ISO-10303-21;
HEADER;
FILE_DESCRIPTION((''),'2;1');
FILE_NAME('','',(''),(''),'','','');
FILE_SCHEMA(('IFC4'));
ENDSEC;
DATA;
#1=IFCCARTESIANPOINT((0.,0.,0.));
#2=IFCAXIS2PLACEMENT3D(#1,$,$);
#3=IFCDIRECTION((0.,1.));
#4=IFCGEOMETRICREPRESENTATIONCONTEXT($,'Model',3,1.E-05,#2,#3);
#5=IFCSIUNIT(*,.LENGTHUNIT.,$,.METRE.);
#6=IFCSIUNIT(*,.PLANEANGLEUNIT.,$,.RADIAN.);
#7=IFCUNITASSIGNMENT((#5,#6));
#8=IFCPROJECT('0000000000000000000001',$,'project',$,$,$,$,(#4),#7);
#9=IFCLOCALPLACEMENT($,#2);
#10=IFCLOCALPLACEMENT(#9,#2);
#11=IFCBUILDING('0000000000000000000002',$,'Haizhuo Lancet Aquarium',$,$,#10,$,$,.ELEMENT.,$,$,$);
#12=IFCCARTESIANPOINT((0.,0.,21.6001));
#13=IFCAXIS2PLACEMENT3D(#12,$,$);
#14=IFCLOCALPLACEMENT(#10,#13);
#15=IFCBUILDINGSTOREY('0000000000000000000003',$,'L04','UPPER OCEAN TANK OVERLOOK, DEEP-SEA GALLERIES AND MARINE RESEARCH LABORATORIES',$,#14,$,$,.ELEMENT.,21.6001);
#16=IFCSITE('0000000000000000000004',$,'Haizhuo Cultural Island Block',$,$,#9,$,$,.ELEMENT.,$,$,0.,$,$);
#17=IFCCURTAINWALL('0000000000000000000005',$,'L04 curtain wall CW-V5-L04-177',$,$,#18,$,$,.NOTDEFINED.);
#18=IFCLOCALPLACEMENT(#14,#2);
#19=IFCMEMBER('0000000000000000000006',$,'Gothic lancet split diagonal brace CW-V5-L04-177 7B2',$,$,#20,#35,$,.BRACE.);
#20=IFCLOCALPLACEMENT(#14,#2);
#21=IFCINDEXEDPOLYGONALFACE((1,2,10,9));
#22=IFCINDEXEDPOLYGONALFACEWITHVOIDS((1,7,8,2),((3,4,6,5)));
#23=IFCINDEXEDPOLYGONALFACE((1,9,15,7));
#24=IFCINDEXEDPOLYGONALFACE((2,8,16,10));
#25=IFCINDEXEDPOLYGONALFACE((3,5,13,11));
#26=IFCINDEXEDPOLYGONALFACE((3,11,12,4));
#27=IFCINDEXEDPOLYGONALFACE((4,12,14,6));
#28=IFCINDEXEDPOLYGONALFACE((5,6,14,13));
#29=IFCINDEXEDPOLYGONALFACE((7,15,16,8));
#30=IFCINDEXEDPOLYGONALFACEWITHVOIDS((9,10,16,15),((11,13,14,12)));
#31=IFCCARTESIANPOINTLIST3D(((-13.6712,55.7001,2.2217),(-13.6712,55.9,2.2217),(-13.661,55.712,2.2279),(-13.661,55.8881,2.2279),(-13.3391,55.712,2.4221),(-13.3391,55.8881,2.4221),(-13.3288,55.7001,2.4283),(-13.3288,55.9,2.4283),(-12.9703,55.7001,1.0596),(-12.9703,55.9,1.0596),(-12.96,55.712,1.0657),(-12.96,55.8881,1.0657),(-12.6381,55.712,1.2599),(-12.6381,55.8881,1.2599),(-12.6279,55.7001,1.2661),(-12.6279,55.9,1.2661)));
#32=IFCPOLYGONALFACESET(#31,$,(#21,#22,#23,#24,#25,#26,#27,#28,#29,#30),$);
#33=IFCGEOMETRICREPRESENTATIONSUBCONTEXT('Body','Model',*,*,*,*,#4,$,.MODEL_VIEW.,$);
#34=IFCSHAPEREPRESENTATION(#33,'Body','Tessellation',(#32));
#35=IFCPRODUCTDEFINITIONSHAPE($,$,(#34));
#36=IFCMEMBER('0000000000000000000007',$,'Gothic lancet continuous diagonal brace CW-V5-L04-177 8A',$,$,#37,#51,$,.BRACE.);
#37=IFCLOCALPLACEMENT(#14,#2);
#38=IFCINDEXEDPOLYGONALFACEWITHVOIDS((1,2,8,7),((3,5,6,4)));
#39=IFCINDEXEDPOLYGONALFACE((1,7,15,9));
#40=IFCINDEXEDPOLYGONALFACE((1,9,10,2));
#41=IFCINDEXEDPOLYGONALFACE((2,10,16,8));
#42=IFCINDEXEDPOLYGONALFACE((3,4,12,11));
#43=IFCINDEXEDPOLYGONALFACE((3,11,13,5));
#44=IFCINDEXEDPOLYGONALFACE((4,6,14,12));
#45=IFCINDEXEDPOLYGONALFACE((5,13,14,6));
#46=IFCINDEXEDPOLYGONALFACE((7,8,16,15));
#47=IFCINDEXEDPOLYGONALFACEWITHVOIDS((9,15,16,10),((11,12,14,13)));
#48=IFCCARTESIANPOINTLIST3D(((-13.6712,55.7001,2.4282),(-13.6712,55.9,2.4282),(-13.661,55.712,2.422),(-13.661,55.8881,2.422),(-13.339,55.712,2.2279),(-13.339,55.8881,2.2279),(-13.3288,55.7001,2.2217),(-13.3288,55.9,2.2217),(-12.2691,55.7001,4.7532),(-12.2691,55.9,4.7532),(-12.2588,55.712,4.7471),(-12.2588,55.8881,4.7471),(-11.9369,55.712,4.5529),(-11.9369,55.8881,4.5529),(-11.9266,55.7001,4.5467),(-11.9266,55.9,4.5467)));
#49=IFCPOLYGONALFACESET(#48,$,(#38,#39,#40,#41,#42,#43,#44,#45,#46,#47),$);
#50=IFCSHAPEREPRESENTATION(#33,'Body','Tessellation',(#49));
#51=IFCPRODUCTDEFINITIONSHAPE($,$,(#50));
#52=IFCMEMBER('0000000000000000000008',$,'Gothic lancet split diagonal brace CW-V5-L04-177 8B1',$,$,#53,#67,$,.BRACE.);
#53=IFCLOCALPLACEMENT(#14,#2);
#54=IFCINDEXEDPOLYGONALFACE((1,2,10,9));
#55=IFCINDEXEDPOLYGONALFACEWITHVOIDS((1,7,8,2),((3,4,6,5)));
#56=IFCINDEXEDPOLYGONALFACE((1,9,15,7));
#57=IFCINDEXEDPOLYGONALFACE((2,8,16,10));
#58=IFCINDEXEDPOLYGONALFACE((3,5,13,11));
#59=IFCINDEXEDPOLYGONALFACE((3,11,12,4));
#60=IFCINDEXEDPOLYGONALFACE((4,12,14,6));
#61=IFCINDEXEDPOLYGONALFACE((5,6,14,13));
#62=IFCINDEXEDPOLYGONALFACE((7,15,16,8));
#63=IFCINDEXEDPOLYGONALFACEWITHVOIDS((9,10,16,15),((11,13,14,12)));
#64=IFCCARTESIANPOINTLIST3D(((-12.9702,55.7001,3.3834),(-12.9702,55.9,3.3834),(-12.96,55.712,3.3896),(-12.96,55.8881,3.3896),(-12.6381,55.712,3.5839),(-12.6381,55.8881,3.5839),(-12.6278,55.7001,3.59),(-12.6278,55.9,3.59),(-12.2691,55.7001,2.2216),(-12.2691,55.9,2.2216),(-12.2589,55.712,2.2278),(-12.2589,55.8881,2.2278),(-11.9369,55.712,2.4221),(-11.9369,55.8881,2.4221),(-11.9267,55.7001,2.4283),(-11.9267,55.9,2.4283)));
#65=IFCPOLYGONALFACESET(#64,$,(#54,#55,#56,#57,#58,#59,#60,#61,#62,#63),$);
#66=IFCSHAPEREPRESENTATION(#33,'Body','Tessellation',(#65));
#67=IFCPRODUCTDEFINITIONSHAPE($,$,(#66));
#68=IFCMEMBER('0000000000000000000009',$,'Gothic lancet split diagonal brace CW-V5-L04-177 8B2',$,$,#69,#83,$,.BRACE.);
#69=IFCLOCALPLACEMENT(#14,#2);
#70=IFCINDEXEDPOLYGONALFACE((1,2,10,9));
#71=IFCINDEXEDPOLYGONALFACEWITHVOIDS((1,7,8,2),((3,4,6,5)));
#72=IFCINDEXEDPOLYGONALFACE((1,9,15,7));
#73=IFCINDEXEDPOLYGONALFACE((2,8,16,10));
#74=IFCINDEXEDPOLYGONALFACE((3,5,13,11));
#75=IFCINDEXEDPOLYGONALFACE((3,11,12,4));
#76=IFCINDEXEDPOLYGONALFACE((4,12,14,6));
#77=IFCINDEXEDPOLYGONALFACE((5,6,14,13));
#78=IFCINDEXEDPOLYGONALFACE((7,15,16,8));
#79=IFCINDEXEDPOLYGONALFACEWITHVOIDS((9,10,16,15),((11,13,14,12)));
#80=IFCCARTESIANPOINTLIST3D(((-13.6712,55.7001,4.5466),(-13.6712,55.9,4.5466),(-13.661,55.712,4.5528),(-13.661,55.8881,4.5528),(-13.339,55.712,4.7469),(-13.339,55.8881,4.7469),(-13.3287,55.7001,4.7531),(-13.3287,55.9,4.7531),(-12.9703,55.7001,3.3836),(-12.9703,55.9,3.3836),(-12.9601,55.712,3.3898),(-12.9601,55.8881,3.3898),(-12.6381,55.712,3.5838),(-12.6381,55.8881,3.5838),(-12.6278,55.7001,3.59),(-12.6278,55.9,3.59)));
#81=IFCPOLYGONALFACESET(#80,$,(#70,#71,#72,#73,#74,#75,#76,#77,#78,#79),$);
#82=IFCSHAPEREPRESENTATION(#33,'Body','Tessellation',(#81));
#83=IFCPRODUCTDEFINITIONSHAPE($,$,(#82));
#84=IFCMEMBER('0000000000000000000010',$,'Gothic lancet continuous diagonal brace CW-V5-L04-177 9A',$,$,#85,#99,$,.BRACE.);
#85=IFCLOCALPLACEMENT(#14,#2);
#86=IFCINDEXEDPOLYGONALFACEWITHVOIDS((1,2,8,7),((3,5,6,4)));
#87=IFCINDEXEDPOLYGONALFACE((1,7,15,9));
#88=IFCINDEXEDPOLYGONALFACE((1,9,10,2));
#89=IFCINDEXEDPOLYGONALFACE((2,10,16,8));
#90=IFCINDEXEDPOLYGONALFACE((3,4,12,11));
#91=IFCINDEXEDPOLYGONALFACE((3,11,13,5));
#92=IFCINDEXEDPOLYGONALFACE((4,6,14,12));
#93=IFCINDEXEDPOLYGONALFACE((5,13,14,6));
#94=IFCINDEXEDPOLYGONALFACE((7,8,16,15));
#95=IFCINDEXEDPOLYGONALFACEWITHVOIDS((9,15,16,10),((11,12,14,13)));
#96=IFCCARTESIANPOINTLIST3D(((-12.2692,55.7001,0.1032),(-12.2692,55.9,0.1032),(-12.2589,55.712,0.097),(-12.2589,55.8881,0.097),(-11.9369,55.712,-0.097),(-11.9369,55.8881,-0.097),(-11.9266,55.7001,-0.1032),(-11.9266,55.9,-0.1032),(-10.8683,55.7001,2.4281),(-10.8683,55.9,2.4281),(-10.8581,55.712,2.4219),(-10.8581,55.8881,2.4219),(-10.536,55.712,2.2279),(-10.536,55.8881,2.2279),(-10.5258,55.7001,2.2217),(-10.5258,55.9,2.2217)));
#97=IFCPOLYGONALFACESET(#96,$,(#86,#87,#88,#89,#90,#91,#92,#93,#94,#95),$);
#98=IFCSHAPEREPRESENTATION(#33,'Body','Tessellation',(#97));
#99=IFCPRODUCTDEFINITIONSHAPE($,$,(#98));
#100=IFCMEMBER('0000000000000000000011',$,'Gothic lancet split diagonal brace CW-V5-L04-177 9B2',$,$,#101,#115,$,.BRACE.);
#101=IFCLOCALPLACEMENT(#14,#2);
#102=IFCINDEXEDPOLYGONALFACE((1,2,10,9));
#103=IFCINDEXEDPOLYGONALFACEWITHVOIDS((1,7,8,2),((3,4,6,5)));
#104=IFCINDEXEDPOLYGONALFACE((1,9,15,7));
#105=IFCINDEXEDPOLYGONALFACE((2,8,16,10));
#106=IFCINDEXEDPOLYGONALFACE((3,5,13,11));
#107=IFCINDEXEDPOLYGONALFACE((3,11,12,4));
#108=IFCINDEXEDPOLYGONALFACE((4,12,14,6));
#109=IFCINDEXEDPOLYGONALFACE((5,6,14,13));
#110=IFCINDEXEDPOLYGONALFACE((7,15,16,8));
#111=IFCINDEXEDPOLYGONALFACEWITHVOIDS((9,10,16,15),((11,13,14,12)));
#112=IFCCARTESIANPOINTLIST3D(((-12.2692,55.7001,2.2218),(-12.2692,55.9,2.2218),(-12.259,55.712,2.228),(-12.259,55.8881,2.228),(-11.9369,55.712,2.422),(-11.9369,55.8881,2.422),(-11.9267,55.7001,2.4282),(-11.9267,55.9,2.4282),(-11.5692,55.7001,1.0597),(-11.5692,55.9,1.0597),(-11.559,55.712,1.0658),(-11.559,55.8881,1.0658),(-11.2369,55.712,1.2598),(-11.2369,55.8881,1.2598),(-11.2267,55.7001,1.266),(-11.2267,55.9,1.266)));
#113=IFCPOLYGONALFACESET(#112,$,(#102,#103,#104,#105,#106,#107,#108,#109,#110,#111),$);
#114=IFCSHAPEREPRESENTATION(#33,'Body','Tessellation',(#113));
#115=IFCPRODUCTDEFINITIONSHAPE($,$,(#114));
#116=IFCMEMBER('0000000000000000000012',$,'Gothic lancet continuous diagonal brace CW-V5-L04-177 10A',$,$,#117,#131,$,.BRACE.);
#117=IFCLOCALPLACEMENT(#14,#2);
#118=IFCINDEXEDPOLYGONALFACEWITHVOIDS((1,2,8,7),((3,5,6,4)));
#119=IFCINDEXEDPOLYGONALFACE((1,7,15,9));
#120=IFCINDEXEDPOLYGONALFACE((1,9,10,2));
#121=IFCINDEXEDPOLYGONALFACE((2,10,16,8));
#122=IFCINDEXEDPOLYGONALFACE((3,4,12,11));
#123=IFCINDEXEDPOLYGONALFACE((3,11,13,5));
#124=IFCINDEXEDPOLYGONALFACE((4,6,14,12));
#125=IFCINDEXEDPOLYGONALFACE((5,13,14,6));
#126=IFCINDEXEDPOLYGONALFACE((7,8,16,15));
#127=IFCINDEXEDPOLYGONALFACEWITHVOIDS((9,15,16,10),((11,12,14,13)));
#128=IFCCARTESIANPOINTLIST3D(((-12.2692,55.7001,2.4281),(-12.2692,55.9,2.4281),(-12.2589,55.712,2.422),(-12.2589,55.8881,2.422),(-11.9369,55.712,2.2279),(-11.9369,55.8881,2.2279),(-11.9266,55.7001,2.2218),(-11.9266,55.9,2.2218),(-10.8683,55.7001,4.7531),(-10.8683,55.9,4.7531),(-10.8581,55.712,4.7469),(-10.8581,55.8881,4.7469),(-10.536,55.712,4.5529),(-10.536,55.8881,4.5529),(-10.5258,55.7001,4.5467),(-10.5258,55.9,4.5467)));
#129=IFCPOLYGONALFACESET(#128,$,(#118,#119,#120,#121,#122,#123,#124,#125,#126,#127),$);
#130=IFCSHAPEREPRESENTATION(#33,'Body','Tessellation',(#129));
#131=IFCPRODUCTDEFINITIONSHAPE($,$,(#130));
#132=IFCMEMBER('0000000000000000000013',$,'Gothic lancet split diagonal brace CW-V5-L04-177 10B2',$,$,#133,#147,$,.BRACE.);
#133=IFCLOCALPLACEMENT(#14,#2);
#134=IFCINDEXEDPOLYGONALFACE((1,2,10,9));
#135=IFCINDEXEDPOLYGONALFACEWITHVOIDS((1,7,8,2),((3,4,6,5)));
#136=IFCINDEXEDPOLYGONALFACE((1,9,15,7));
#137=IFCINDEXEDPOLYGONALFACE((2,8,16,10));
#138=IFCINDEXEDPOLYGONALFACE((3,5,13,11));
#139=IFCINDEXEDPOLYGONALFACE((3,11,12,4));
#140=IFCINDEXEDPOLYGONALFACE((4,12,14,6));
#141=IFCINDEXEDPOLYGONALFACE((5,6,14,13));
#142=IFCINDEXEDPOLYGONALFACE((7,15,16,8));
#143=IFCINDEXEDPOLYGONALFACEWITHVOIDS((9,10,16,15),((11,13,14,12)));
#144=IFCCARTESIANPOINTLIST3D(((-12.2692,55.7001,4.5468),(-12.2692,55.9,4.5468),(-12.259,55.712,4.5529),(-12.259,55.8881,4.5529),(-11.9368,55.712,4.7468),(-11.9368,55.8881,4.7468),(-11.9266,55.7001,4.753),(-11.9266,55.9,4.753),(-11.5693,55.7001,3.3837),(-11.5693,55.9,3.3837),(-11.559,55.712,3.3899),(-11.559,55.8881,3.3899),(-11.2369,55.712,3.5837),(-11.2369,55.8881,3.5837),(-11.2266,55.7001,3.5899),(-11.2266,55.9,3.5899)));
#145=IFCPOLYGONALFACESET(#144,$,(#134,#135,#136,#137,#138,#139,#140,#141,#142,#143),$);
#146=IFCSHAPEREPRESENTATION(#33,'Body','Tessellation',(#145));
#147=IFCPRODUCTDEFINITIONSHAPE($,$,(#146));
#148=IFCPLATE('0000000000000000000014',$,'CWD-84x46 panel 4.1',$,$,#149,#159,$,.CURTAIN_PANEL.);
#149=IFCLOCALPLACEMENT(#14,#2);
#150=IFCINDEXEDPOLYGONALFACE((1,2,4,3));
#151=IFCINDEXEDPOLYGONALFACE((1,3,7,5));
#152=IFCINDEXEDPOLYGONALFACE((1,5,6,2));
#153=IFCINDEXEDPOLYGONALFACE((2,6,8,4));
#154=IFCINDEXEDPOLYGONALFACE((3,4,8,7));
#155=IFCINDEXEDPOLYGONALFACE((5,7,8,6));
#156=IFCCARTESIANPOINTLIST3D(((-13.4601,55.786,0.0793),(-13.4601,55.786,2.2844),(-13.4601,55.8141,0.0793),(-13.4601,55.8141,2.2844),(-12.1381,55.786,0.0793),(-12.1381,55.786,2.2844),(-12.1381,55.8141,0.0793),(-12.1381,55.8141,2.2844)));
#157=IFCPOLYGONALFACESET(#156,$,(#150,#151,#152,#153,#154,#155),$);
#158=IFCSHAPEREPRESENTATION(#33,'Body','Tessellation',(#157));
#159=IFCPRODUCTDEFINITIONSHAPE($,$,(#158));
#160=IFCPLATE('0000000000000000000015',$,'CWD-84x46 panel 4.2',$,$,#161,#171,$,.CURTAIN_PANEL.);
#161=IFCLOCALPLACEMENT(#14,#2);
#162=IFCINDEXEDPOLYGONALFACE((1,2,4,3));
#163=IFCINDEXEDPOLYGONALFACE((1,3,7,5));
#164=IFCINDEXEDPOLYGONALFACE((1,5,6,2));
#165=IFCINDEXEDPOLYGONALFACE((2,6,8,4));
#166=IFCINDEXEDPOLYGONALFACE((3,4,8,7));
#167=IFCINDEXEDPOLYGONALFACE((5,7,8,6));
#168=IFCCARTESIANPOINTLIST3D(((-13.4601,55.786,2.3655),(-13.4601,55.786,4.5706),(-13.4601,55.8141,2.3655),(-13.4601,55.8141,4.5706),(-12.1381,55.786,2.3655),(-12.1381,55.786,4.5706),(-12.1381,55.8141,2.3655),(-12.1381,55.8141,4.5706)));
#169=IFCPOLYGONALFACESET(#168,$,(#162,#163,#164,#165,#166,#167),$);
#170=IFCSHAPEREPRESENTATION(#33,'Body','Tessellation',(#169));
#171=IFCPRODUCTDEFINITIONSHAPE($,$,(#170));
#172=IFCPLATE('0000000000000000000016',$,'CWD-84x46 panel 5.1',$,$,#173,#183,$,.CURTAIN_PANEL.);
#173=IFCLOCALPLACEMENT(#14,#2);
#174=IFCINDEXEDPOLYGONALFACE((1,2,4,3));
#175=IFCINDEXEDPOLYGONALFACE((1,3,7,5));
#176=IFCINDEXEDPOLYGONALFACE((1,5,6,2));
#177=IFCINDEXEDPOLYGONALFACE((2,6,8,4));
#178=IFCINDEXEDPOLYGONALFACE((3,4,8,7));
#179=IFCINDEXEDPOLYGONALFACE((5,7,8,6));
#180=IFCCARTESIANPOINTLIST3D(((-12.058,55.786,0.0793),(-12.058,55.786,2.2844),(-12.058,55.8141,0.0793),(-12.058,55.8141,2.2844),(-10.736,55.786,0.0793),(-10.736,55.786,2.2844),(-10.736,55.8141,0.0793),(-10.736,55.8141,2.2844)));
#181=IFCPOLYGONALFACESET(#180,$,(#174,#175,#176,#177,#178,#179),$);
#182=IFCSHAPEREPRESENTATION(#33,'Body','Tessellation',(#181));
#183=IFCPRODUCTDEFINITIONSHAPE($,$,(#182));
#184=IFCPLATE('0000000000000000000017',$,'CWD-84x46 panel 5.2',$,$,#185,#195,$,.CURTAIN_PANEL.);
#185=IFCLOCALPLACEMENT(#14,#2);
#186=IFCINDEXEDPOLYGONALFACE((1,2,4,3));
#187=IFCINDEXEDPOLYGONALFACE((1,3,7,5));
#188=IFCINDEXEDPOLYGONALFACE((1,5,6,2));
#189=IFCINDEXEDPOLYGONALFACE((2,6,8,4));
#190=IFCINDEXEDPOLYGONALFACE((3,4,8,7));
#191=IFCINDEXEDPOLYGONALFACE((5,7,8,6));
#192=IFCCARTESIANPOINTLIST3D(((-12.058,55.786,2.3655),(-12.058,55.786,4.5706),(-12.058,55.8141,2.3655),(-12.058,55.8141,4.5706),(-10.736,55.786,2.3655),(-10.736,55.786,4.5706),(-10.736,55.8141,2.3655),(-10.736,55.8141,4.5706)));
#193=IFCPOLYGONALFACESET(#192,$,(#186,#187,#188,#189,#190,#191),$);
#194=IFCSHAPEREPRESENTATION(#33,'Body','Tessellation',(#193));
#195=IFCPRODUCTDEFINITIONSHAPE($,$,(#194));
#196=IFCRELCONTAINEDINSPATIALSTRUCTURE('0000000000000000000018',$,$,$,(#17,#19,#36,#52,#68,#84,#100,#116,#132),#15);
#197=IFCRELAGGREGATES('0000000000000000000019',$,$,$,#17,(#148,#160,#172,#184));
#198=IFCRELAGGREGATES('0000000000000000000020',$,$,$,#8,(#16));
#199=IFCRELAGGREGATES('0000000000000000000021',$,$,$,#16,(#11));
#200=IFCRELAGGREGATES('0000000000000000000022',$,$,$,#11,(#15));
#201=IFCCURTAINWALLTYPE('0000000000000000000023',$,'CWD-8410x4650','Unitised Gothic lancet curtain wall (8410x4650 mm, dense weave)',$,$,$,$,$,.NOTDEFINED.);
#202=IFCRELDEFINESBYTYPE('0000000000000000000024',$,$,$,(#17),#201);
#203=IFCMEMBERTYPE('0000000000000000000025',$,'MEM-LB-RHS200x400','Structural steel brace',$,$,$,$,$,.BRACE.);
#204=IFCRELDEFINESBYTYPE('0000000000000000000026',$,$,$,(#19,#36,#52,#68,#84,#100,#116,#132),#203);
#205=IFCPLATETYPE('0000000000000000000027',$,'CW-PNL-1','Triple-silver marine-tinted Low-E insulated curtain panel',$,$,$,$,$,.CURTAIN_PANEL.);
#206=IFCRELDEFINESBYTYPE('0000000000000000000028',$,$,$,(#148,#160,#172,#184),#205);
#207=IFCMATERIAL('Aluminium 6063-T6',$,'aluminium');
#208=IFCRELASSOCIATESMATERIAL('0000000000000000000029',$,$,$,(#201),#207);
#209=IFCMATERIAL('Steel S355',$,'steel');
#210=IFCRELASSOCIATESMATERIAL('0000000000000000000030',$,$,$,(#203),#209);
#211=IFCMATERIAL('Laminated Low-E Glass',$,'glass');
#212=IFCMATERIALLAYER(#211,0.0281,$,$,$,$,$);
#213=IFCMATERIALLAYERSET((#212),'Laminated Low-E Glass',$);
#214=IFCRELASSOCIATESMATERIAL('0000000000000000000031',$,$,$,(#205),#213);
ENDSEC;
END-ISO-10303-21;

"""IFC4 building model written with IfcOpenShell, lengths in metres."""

from ifc_helpers import new_model, si_unit, direction, frame, origin, origin_2d, place, context, subcontext, project, spatial, rectangle, hollow_rectangle, extrude, material, layer, layer_set, material_profile, profile_set, type_object, element, aggregate, save


model = new_model("IFC4")

# Units and contexts
model_context = context("Model", 3, precision=1e-05, world=origin(), true_north=direction((0.0, 1.0)))
body_context = subcontext(model_context, "Body", "Model", "MODEL_VIEW")
ifc_project = project(units=[si_unit("LENGTHUNIT", "METRE"), si_unit("PLANEANGLEUNIT", "RADIAN")], contexts=[model_context])

# Site, building, storey
site_placement = place(None, origin())
site = spatial("IfcSite", under=ifc_project, at=site_placement, Name="Haizhuo Cultural Island Block", CompositionType="ELEMENT", RefElevation=0.0)
building_placement = place(site_placement, origin())
building = spatial("IfcBuilding", under=site, at=building_placement, Name="Haizhuo Lancet Aquarium", CompositionType="ELEMENT")
storey_placement = place(building_placement, frame((0.0, 0.0, 21.6001)))
storey = spatial("IfcBuildingStorey", under=building, at=storey_placement, Name="L04", Description="UPPER OCEAN TANK OVERLOOK, DEEP-SEA GALLERIES AND MARINE RESEARCH LABORATORIES", CompositionType="ELEMENT", Elevation=21.6001)

# Curtain wall
ifc_material_1 = material(Name="Aluminium 6063-T6", Category="aluminium")
curtain_wall_type = type_object("IfcCurtainWallType", Name="CWD-8410x4650", Description="Unitised Gothic lancet curtain wall (8410x4650 mm, dense weave)", PredefinedType="NOTDEFINED", material=ifc_material_1)
curtain_wall_placement = place(storey_placement, origin())
curtain_wall = element("IfcCurtainWall", 1, at=curtain_wall_placement, inside=storey, type_object=curtain_wall_type, Name="L04 curtain wall CW-V5-L04-177", PredefinedType="NOTDEFINED")

# Members
ifc_material_2 = material(Name="Steel S355", Category="steel")
ifc_material_profile_1 = material_profile(ifc_material_2, hollow_rectangle(XDim=0.2, YDim=0.3999, WallThickness=0.012, at=origin_2d()), Name="RHS 200x400x12")
ifc_profile_set_1 = profile_set([ifc_material_profile_1], Name="Steel S355")
member_type_1 = type_object("IfcMemberType", Name="MEM-LB-RHS200x400", Description="Structural steel brace", PredefinedType="BRACE", material=ifc_profile_set_1)
member_1_placement = place(storey_placement, frame((-12.7991, 55.8, 1.1628), z_axis=(-0.516479, 0.0, 0.8563), x_axis=(0.0, -1.0, 0.0)))
element("IfcMember", 2, at=member_1_placement, inside=storey, type_object=member_type_1, Name="Gothic lancet split diagonal brace CW-V5-L04-177 7B2", PredefinedType="BRACE", context=body_context, shape_type="SweptSolid", body=[
    extrude(hollow_rectangle(XDim=0.2, YDim=0.3999, WallThickness=0.012, at=origin_2d()), origin(), (0.0, 0.0, 1.0), 1.3572),
])
member_2_placement = place(storey_placement, frame((-13.5, 55.8, 2.325), z_axis=(0.516425, 0.0, 0.856332), x_axis=(0.0, 1.0, 0.0)))
element("IfcMember", 3, at=member_2_placement, inside=storey, type_object=member_type_1, Name="Gothic lancet continuous diagonal brace CW-V5-L04-177 8A", PredefinedType="BRACE", context=body_context, shape_type="SweptSolid", body=[
    extrude(hollow_rectangle(XDim=0.2, YDim=0.3999, WallThickness=0.012, at=origin_2d()), origin(), (0.0, 0.0, 1.0), 2.7151),
])
member_3_placement = place(storey_placement, frame((-12.0979, 55.8, 2.325), z_axis=(-0.51669, 0.0, 0.856173), x_axis=(0.0, -1.0, 0.0)))
element("IfcMember", 4, at=member_3_placement, inside=storey, type_object=member_type_1, Name="Gothic lancet split diagonal brace CW-V5-L04-177 8B1", PredefinedType="BRACE", context=body_context, shape_type="SweptSolid", body=[
    extrude(hollow_rectangle(XDim=0.2, YDim=0.3999, WallThickness=0.012, at=origin_2d()), origin(), (0.0, 0.0, 1.0), 1.3569),
])
member_4_placement = place(storey_placement, frame((-12.7991, 55.8, 3.4868), z_axis=(-0.51616, 0.0, 0.856492), x_axis=(0.0, -1.0, 0.0)))
element("IfcMember", 5, at=member_4_placement, inside=storey, type_object=member_type_1, Name="Gothic lancet split diagonal brace CW-V5-L04-177 8B2", PredefinedType="BRACE", context=body_context, shape_type="SweptSolid", body=[
    extrude(hollow_rectangle(XDim=0.2, YDim=0.3999, WallThickness=0.012, at=origin_2d()), origin(), (0.0, 0.0, 1.0), 1.3579),
])
member_5_placement = place(storey_placement, frame((-12.0979, 55.8, 0.0), z_axis=(0.516095, 0.0, 0.856531), x_axis=(0.0, 1.0, 0.0)))
element("IfcMember", 6, at=member_5_placement, inside=storey, type_object=member_type_1, Name="Gothic lancet continuous diagonal brace CW-V5-L04-177 9A", PredefinedType="BRACE", context=body_context, shape_type="SweptSolid", body=[
    extrude(hollow_rectangle(XDim=0.2, YDim=0.3999, WallThickness=0.012, at=origin_2d()), origin(), (0.0, 0.0, 1.0), 2.7144),
])
member_6_placement = place(storey_placement, frame((-11.3979, 55.8, 1.1628), z_axis=(-0.515951, 0.0, 0.856618), x_axis=(0.0, -1.0, 0.0)))
element("IfcMember", 7, at=member_6_placement, inside=storey, type_object=member_type_1, Name="Gothic lancet split diagonal brace CW-V5-L04-177 9B2", PredefinedType="BRACE", context=body_context, shape_type="SweptSolid", body=[
    extrude(hollow_rectangle(XDim=0.2, YDim=0.3999, WallThickness=0.012, at=origin_2d()), origin(), (0.0, 0.0, 1.0), 1.3567),
])
member_7_placement = place(storey_placement, frame((-12.0979, 55.8, 2.325), z_axis=(0.516095, 0.0, 0.856531), x_axis=(0.0, 1.0, 0.0)))
element("IfcMember", 8, at=member_7_placement, inside=storey, type_object=member_type_1, Name="Gothic lancet continuous diagonal brace CW-V5-L04-177 10A", PredefinedType="BRACE", context=body_context, shape_type="SweptSolid", body=[
    extrude(hollow_rectangle(XDim=0.2, YDim=0.3999, WallThickness=0.012, at=origin_2d()), origin(), (0.0, 0.0, 1.0), 2.7144),
])
member_8_placement = place(storey_placement, frame((-11.3979, 55.8, 3.4868), z_axis=(-0.515633, 0.0, 0.85681), x_axis=(0.0, -1.0, 0.0)))
element("IfcMember", 9, at=member_8_placement, inside=storey, type_object=member_type_1, Name="Gothic lancet split diagonal brace CW-V5-L04-177 10B2", PredefinedType="BRACE", context=body_context, shape_type="SweptSolid", body=[
    extrude(hollow_rectangle(XDim=0.2, YDim=0.3999, WallThickness=0.012, at=origin_2d()), origin(), (0.0, 0.0, 1.0), 1.3574),
])

# Plates
ifc_material_3 = material(Name="Laminated Low-E Glass", Category="glass")
ifc_layer = layer(ifc_material_3, 0.0281)
ifc_layer_set = layer_set([ifc_layer], Name="Laminated Low-E Glass")
plate_type = type_object("IfcPlateType", Name="CW-PNL-1", Description="Triple-silver marine-tinted Low-E insulated curtain panel", PredefinedType="CURTAIN_PANEL", material=ifc_layer_set)
plate_1_placement = place(storey_placement, frame((-12.7991, 55.8, 0.0793), z_axis=(0.0, 0.0, 1.0), x_axis=(1.0, 0.0, 0.0)))
plate_1 = element("IfcPlate", 10, at=plate_1_placement, type_object=plate_type, Name="CWD-84x46 panel 4.1", PredefinedType="CURTAIN_PANEL", context=body_context, shape_type="SweptSolid", body=[
    extrude(rectangle(XDim=1.322, YDim=0.0281, at=origin_2d()), origin(), (0.0, 0.0, 1.0), 2.2051),
])
plate_2_placement = place(storey_placement, frame((-12.7991, 55.8, 2.3655), z_axis=(0.0, 0.0, 1.0), x_axis=(1.0, 0.0, 0.0)))
plate_2 = element("IfcPlate", 11, at=plate_2_placement, type_object=plate_type, Name="CWD-84x46 panel 4.2", PredefinedType="CURTAIN_PANEL", context=body_context, shape_type="SweptSolid", body=[
    extrude(rectangle(XDim=1.322, YDim=0.0281, at=origin_2d()), origin(), (0.0, 0.0, 1.0), 2.2051),
])
plate_3_placement = place(storey_placement, frame((-11.397, 55.8, 0.0793), z_axis=(0.0, 0.0, 1.0), x_axis=(1.0, 0.0, 0.0)))
plate_3 = element("IfcPlate", 12, at=plate_3_placement, type_object=plate_type, Name="CWD-84x46 panel 5.1", PredefinedType="CURTAIN_PANEL", context=body_context, shape_type="SweptSolid", body=[
    extrude(rectangle(XDim=1.322, YDim=0.0281, at=origin_2d()), origin(), (0.0, 0.0, 1.0), 2.2051),
])
plate_4_placement = place(storey_placement, frame((-11.397, 55.8, 2.3655), z_axis=(0.0, 0.0, 1.0), x_axis=(1.0, 0.0, 0.0)))
plate_4 = element("IfcPlate", 13, at=plate_4_placement, type_object=plate_type, Name="CWD-84x46 panel 5.2", PredefinedType="CURTAIN_PANEL", context=body_context, shape_type="SweptSolid", body=[
    extrude(rectangle(XDim=1.322, YDim=0.0281, at=origin_2d()), origin(), (0.0, 0.0, 1.0), 2.2051),
])
aggregate(curtain_wall, [plate_1, plate_2, plate_3, plate_4])

save(model, "model.ifc")
